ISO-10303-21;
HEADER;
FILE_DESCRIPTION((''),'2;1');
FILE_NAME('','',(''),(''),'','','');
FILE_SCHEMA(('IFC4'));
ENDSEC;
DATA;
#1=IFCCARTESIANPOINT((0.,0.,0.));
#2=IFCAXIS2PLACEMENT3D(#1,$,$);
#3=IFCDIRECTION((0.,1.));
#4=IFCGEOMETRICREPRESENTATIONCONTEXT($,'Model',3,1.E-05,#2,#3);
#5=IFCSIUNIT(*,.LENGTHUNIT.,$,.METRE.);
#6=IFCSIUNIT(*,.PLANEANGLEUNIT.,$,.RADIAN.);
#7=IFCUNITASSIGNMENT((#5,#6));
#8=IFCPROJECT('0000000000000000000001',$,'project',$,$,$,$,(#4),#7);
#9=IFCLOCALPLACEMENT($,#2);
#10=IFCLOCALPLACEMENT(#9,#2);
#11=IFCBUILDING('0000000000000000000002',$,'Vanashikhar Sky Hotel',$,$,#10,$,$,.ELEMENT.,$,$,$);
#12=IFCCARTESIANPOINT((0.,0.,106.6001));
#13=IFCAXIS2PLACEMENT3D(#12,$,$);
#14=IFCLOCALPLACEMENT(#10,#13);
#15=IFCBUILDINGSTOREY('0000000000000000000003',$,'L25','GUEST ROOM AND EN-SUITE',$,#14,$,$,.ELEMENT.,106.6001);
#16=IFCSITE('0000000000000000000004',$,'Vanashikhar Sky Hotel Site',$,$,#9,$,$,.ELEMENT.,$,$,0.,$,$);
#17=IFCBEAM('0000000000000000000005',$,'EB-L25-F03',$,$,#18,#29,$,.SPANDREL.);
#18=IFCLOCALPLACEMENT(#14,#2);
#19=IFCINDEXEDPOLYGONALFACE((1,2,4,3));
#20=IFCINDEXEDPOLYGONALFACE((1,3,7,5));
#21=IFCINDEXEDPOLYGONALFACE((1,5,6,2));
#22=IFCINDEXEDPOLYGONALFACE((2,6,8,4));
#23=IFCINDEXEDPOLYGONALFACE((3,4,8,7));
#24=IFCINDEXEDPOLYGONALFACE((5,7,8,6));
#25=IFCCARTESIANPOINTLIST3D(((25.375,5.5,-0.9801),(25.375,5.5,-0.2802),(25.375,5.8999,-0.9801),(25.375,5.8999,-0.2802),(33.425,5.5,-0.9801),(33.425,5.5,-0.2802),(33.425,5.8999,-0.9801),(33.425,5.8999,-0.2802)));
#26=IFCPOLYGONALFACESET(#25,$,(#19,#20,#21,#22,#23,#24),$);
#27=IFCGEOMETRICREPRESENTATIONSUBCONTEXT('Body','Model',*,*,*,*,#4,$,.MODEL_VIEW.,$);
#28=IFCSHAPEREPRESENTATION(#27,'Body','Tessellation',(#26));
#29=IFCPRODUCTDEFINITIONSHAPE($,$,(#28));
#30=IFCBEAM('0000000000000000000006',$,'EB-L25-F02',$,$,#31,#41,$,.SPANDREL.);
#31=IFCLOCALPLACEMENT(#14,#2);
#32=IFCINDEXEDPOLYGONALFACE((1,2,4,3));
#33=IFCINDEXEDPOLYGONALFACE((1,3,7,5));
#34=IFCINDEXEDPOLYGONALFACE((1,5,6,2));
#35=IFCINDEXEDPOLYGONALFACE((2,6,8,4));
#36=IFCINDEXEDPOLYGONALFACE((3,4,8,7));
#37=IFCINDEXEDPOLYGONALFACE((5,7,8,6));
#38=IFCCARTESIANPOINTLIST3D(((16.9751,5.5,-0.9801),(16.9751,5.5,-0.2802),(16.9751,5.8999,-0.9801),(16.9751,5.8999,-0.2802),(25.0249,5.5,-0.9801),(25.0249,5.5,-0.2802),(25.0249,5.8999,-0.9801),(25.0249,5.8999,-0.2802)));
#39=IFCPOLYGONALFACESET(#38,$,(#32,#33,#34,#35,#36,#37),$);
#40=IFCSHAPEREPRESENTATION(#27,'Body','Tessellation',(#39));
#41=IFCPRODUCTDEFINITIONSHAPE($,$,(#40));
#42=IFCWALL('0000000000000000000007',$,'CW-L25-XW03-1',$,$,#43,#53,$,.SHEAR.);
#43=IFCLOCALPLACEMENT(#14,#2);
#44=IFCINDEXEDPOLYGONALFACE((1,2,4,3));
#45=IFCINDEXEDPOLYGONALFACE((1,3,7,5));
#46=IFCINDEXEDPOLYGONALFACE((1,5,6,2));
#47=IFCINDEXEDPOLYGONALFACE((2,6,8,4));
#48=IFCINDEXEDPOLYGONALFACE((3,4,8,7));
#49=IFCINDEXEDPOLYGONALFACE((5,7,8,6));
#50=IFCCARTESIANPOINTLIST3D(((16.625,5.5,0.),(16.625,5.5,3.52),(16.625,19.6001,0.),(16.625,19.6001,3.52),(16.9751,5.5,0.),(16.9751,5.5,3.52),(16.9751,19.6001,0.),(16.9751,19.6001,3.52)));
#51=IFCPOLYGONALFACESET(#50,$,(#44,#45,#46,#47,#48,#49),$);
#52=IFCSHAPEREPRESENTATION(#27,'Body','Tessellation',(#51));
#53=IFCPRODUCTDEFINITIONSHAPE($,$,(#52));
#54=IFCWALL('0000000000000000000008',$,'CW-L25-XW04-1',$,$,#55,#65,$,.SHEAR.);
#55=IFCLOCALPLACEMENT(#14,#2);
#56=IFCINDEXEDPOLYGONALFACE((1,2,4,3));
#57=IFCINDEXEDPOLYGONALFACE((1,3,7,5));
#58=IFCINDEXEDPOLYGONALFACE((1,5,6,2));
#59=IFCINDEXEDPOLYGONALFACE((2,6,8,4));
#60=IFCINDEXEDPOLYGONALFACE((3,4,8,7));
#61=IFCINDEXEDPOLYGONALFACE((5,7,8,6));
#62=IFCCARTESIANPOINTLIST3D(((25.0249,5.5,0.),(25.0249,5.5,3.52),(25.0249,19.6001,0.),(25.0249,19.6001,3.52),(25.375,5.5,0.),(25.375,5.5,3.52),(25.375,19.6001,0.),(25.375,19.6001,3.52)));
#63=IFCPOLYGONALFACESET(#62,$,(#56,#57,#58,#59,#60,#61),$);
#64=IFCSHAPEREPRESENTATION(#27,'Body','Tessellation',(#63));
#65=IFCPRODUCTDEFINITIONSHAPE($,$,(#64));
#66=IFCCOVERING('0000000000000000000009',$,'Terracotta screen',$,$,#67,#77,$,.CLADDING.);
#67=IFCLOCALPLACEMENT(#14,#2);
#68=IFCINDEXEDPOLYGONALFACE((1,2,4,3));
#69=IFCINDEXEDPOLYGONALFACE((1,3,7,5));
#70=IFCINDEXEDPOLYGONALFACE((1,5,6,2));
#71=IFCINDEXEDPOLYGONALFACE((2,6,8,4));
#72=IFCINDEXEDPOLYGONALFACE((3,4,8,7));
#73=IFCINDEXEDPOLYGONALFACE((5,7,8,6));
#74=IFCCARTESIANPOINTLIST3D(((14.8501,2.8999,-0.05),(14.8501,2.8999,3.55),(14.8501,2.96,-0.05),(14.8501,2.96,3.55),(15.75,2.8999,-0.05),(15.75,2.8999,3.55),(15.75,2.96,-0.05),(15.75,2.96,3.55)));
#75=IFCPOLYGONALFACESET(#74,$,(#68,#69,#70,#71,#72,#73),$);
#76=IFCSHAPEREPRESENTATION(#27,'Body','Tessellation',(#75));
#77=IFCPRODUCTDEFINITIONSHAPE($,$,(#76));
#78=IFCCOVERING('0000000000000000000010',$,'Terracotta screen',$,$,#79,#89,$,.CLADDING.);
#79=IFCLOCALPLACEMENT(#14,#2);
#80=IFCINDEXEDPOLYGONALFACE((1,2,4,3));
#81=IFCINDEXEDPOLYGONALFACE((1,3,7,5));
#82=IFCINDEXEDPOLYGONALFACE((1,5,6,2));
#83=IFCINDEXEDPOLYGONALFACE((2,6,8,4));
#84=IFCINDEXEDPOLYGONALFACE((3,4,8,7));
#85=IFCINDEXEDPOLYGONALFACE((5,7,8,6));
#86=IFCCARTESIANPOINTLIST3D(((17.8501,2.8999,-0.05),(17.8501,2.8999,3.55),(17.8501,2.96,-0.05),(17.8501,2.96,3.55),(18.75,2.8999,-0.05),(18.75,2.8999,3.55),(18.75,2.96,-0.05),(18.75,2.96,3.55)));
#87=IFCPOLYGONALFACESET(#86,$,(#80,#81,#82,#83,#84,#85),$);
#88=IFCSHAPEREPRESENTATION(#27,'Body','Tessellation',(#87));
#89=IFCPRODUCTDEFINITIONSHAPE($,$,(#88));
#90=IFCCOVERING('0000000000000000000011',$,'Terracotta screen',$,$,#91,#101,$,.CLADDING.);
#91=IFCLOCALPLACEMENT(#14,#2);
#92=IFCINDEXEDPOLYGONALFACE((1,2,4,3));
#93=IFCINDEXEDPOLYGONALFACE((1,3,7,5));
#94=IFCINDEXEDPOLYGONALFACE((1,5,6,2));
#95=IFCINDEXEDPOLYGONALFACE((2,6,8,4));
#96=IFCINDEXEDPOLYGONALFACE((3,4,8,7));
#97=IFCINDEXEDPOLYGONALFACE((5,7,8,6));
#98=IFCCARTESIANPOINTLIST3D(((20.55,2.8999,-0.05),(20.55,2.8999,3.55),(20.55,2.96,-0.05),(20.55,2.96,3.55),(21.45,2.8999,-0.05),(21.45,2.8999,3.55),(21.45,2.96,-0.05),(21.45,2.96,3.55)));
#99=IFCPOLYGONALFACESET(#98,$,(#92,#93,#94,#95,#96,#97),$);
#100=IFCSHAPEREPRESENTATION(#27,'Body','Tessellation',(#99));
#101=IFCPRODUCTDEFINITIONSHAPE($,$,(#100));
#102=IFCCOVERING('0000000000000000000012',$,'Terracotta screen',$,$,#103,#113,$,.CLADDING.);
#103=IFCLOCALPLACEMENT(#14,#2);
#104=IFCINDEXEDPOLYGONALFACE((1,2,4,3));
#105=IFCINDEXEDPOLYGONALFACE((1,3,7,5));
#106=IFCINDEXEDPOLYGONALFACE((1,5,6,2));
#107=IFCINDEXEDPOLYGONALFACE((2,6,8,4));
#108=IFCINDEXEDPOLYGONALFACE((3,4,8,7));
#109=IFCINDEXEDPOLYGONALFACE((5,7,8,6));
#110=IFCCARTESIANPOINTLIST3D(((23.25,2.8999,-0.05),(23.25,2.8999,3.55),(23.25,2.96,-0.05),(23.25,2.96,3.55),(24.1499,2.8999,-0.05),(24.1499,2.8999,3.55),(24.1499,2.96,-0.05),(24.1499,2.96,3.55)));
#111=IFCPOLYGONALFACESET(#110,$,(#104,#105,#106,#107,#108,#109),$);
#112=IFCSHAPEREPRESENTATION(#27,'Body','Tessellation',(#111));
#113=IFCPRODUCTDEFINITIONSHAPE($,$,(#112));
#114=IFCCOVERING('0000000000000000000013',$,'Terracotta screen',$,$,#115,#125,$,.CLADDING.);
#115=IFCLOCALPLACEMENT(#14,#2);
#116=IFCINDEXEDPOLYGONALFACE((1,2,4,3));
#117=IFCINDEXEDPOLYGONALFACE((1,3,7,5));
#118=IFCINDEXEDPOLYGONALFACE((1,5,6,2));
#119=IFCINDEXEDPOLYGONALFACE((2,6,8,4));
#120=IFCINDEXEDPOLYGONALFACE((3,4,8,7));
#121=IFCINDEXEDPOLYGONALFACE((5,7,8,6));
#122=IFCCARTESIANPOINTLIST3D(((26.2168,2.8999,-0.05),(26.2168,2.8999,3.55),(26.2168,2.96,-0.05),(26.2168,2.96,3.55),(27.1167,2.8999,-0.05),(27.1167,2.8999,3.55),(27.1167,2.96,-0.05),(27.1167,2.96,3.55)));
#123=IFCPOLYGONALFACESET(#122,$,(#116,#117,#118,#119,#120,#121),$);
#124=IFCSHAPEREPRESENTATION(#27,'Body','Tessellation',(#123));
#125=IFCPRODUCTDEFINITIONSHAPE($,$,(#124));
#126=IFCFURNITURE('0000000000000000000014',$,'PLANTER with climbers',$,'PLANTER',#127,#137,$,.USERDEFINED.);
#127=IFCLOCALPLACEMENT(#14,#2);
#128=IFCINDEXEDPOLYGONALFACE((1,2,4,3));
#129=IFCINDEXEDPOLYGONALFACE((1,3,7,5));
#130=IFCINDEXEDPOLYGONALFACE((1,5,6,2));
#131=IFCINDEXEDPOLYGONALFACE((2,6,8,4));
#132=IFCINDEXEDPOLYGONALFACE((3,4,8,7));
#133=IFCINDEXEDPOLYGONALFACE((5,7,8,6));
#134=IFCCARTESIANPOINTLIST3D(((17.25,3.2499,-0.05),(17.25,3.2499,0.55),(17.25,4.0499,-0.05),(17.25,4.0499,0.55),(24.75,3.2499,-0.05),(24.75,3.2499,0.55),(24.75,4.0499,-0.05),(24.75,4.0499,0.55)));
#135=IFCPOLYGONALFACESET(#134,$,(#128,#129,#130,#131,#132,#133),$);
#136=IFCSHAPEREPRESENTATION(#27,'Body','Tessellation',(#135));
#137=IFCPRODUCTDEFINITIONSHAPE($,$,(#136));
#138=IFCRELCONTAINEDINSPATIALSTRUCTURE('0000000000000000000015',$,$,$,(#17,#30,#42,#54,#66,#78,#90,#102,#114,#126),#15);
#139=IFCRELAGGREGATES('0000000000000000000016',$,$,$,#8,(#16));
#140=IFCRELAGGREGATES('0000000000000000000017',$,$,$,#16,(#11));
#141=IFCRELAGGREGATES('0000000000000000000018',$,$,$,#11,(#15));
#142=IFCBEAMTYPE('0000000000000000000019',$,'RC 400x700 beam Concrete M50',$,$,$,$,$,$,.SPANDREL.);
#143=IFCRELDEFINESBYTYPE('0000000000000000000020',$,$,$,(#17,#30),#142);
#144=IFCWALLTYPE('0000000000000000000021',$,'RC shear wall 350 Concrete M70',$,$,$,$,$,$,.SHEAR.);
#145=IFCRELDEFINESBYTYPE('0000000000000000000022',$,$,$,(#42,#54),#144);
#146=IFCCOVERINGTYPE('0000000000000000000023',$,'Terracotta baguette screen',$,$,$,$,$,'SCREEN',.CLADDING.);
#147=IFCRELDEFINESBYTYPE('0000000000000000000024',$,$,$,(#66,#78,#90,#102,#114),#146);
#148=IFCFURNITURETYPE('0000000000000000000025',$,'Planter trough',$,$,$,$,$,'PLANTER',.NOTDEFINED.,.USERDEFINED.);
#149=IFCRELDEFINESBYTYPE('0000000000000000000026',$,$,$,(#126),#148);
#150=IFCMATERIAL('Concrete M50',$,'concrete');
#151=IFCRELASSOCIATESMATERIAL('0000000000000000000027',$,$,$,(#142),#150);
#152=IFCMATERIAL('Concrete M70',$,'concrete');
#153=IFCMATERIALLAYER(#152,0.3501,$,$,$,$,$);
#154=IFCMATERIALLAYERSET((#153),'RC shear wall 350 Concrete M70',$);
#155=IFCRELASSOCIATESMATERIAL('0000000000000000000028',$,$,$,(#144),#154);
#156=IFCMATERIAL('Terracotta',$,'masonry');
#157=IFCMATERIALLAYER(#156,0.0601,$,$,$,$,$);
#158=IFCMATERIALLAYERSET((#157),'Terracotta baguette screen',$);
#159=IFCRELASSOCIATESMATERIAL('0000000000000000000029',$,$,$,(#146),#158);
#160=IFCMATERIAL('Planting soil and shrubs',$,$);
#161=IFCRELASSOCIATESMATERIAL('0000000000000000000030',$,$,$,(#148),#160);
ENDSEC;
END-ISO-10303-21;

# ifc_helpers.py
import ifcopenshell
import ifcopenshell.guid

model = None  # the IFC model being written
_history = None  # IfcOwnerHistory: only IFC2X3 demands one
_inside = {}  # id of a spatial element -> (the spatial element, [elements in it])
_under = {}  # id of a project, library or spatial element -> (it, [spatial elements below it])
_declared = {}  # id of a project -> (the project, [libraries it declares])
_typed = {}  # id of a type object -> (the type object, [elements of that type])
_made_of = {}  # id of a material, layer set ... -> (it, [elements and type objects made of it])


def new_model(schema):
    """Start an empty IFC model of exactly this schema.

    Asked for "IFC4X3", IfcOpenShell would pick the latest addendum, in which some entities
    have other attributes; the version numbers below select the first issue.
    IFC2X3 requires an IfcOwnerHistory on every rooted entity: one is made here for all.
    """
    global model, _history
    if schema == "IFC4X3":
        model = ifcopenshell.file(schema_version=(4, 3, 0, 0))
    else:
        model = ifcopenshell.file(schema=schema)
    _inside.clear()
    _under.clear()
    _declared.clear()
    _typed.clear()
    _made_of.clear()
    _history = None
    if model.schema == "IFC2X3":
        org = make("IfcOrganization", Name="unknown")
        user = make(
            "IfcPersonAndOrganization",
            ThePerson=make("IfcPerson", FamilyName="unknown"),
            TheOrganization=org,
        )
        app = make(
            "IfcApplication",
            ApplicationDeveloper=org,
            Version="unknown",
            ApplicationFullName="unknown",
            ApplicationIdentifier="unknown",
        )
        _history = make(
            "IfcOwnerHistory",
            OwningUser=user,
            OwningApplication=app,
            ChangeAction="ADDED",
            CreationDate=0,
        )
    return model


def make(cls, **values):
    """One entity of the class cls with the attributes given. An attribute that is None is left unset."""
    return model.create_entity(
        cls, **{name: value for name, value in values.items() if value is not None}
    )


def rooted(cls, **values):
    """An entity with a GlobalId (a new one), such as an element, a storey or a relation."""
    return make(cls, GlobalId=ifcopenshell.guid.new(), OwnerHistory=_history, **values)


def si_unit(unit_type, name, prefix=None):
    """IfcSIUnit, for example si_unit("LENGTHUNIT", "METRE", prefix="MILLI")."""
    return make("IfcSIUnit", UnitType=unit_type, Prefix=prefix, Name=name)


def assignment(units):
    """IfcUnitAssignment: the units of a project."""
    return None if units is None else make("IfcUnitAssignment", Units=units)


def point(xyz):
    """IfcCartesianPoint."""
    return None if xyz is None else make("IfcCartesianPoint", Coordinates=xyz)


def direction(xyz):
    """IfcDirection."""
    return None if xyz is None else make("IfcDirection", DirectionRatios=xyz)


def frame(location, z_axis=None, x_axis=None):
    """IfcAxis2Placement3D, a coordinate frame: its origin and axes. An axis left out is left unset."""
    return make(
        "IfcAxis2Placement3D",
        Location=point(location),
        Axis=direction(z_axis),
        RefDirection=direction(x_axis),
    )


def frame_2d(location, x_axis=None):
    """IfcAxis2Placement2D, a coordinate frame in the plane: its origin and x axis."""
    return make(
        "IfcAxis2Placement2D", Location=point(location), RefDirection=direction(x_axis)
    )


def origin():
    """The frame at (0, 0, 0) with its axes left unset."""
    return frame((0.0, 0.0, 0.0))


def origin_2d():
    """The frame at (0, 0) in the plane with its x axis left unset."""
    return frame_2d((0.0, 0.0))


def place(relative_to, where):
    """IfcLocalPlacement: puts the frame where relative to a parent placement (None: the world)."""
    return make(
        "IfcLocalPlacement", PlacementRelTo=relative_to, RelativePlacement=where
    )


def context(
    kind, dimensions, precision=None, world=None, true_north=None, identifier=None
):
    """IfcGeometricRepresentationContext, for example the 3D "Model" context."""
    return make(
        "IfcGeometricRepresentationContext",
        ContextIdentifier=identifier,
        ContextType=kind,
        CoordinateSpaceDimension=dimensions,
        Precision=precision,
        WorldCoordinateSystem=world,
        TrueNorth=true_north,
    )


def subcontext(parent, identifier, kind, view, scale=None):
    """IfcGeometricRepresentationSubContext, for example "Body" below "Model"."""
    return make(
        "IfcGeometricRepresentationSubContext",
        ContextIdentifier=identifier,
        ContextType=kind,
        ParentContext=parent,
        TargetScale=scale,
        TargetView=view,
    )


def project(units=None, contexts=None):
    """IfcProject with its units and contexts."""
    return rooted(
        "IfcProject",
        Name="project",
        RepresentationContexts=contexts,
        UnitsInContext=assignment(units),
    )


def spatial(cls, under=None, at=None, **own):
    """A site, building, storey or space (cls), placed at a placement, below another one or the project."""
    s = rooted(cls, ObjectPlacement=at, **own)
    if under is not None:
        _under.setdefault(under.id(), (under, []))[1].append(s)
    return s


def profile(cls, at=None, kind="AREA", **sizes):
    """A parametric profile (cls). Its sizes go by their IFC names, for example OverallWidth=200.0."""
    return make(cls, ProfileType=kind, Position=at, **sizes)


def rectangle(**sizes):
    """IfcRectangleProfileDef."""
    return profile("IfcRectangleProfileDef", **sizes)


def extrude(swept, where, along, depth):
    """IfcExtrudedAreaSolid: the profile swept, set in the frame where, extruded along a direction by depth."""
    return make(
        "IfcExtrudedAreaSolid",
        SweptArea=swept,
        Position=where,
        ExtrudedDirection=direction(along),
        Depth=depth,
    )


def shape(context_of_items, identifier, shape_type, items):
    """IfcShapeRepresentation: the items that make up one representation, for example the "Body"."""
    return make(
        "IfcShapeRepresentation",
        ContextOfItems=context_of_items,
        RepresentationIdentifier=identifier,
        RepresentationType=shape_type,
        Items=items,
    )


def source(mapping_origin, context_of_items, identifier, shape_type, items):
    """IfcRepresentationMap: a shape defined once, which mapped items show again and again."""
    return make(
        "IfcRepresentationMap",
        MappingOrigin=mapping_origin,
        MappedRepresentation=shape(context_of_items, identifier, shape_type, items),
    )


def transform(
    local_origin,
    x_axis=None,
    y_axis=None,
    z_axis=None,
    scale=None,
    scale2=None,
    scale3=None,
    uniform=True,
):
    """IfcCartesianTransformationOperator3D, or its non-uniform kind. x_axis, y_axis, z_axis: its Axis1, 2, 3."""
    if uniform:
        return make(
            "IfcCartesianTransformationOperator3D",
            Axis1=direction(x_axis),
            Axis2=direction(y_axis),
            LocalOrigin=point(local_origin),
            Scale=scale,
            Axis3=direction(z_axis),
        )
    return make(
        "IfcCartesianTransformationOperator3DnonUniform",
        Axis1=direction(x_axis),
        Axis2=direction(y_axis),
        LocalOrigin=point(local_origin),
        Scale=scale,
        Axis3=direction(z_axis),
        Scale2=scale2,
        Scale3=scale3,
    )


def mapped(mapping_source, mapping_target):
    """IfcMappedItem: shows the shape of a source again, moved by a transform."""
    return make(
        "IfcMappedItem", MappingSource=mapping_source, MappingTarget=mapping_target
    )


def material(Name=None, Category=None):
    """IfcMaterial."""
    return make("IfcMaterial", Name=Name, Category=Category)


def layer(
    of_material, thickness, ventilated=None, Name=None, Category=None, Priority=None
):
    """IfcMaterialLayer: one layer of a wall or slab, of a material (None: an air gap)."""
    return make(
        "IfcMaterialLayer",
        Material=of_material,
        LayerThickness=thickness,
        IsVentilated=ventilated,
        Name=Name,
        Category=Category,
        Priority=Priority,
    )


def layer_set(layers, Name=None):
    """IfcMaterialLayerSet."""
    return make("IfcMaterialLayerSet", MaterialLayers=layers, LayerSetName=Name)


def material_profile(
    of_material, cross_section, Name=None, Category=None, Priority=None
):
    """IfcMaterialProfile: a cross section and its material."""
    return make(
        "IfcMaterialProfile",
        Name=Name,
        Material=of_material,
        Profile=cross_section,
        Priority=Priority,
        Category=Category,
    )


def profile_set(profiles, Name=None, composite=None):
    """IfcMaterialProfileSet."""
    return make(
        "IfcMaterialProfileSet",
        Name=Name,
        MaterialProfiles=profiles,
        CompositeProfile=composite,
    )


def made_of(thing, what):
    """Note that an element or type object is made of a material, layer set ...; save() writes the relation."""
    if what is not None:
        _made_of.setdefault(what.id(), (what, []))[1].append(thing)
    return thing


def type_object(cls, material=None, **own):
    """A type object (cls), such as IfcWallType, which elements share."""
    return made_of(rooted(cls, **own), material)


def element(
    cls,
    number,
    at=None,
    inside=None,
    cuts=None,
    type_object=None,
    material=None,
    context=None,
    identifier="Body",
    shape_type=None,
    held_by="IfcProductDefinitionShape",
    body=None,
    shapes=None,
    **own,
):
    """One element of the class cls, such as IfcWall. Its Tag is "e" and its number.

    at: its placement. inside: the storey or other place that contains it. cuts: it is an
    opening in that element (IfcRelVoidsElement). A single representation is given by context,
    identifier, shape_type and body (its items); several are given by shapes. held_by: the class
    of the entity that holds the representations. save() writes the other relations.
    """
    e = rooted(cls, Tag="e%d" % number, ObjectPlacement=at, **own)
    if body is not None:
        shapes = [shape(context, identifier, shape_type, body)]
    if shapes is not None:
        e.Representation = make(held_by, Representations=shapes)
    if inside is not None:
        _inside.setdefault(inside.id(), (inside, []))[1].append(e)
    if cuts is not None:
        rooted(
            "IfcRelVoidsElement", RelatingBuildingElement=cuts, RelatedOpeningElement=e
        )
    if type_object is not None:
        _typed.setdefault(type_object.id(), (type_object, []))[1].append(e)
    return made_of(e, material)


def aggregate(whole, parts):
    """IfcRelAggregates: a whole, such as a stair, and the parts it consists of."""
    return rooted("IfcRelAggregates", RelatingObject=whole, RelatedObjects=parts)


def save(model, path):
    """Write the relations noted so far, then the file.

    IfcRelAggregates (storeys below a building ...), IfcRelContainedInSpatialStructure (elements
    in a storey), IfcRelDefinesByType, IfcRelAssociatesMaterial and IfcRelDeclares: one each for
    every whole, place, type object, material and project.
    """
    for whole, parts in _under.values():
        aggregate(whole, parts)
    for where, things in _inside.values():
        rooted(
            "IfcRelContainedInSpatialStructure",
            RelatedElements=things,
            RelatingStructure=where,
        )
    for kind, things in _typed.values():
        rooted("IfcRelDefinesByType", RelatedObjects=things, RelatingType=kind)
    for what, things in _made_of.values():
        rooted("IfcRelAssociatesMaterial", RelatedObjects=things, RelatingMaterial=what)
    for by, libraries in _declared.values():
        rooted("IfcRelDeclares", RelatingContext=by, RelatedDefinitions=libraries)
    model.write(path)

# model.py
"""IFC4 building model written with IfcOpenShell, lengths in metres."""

from ifc_helpers import new_model, si_unit, direction, frame, frame_2d, origin, origin_2d, place, context, subcontext, project, spatial, rectangle, extrude, source, transform, mapped, material, layer, layer_set, material_profile, profile_set, type_object, element, save


model = new_model("IFC4")

# Units and contexts
model_context = context("Model", 3, precision=1e-05, world=origin(), true_north=direction((0.0, 1.0)))
body_context = subcontext(model_context, "Body", "Model", "MODEL_VIEW")
ifc_project = project(units=[si_unit("LENGTHUNIT", "METRE"), si_unit("PLANEANGLEUNIT", "RADIAN")], contexts=[model_context])

# Site, building, storey
site_placement = place(None, origin())
site = spatial("IfcSite", under=ifc_project, at=site_placement, Name="Vanashikhar Sky Hotel Site", CompositionType="ELEMENT", RefElevation=0.0)
building_placement = place(site_placement, origin())
building = spatial("IfcBuilding", under=site, at=building_placement, Name="Vanashikhar Sky Hotel", CompositionType="ELEMENT")
storey_placement = place(building_placement, frame((0.0, 0.0, 106.6001)))
storey = spatial("IfcBuildingStorey", under=building, at=storey_placement, Name="L25", Description="GUEST ROOM AND EN-SUITE", CompositionType="ELEMENT", Elevation=106.6001)

# Beams
ifc_material_1 = material(Name="Concrete M50", Category="concrete")
ifc_material_profile = material_profile(ifc_material_1, rectangle(XDim=0.3999, YDim=0.7, at=origin_2d()))
ifc_profile_set = profile_set([ifc_material_profile], Name="RC 400x700 beam Concrete M50")
beam_type = type_object("IfcBeamType", Name="RC 400x700 beam Concrete M50", PredefinedType="SPANDREL", material=ifc_profile_set)
shared_shape_1 = source(origin(), body_context, "Body", "SweptSolid", [
    extrude(rectangle(XDim=0.3999, YDim=0.7, at=origin_2d()), origin(), (0.0, 0.0, 1.0), 8.05),
])
beam_1_placement = place(storey_placement, frame((25.375, 5.7, -0.6301), z_axis=(1.0, 0.0, 0.0), x_axis=(0.0, 1.0, 0.0)))
element("IfcBeam", 1, at=beam_1_placement, inside=storey, type_object=beam_type, Name="EB-L25-F03", PredefinedType="SPANDREL", context=body_context, shape_type="MappedRepresentation", body=[
    mapped(shared_shape_1, transform((0.0, 0.0, 0.0), scale=1.0)),
])
shared_shape_2 = source(origin(), body_context, "Body", "SweptSolid", [
    extrude(rectangle(XDim=0.3999, YDim=0.7, at=origin_2d()), origin(), (0.0, 0.0, 1.0), 8.0498),
])
beam_2_placement = place(storey_placement, frame((16.9751, 5.7, -0.6301), z_axis=(1.0, 0.0, 0.0), x_axis=(0.0, 1.0, 0.0)))
element("IfcBeam", 2, at=beam_2_placement, inside=storey, type_object=beam_type, Name="EB-L25-F02", PredefinedType="SPANDREL", context=body_context, shape_type="MappedRepresentation", body=[
    mapped(shared_shape_2, transform((0.0, 0.0, 0.0), scale=1.0)),
])

# Walls
ifc_material_2 = material(Name="Concrete M70", Category="concrete")
ifc_layer_1 = layer(ifc_material_2, 0.3501)
ifc_layer_set_1 = layer_set([ifc_layer_1], Name="RC shear wall 350 Concrete M70")
wall_type_1 = type_object("IfcWallType", Name="RC shear wall 350 Concrete M70", PredefinedType="SHEAR", material=ifc_layer_set_1)
shared_shape_3 = source(origin(), body_context, "Body", "SweptSolid", [
    extrude(rectangle(XDim=14.1001, YDim=0.3501, at=frame_2d((7.05, 0.0))), origin(), (0.0, 0.0, 1.0), 3.52),
])
for number, where, z_axis, x_axis, name in (
    (3, (16.8, 5.5, 0.0), (0.0, 0.0, 1.0), (0.0, 1.0, 0.0), "CW-L25-XW03-1"),
    (4, (25.2, 5.5, 0.0), (0.0, 0.0, 1.0), (0.0, 1.0, 0.0), "CW-L25-XW04-1"),
):
    element("IfcWall", number, at=place(storey_placement, frame(where, z_axis=z_axis, x_axis=x_axis)), inside=storey, type_object=wall_type_1, Name=name, PredefinedType="SHEAR", context=body_context, shape_type="MappedRepresentation", body=[
        mapped(shared_shape_3, transform((0.0, 0.0, 0.0), scale=1.0)),
    ])

# Coverings
ifc_material_3 = material(Name="Terracotta", Category="masonry")
ifc_layer_2 = layer(ifc_material_3, 0.0601)
ifc_layer_set_2 = layer_set([ifc_layer_2], Name="Terracotta baguette screen")
covering_type = type_object("IfcCoveringType", Name="Terracotta baguette screen", ElementType="SCREEN", PredefinedType="CLADDING", material=ifc_layer_set_2)
shared_shape_4 = source(origin(), body_context, "Body", "SweptSolid", [
    extrude(rectangle(XDim=0.8999, YDim=0.0601, at=origin_2d()), origin(), (0.0, 0.0, 1.0), 3.6001),
])
for number, where, z_axis, x_axis, name in (
    (5, (15.3, 2.9299, -0.05), (0.0, 0.0, 1.0), (1.0, 0.0, 0.0), "Terracotta screen"),
    (6, (18.3, 2.9299, -0.05), (0.0, 0.0, 1.0), (1.0, 0.0, 0.0), "Terracotta screen"),
    (7, (21.0, 2.9299, -0.05), (0.0, 0.0, 1.0), (1.0, 0.0, 0.0), "Terracotta screen"),
    (8, (23.7, 2.9299, -0.05), (0.0, 0.0, 1.0), (1.0, 0.0, 0.0), "Terracotta screen"),
    (9, (26.6667, 2.9299, -0.05), (0.0, 0.0, 1.0), (1.0, 0.0, 0.0), "Terracotta screen"),
):
    element("IfcCovering", number, at=place(storey_placement, frame(where, z_axis=z_axis, x_axis=x_axis)), inside=storey, type_object=covering_type, Name=name, PredefinedType="CLADDING", context=body_context, shape_type="MappedRepresentation", body=[
        mapped(shared_shape_4, transform((0.0, 0.0, 0.0), scale=1.0)),
    ])

# Furniture
ifc_material_4 = material(Name="Planting soil and shrubs")
furniture_type = type_object("IfcFurnitureType", Name="Planter trough", ElementType="PLANTER", AssemblyPlace="NOTDEFINED", PredefinedType="USERDEFINED", material=ifc_material_4)
shared_shape_5 = source(origin(), body_context, "Body", "SweptSolid", [
    extrude(rectangle(XDim=7.5, YDim=0.8, at=origin_2d()), origin(), (0.0, 0.0, 1.0), 0.6001),
])
furniture_placement = place(storey_placement, frame((21.0, 3.6499, -0.05), z_axis=(0.0, 0.0, 1.0), x_axis=(1.0, 0.0, 0.0)))
element("IfcFurniture", 10, at=furniture_placement, inside=storey, type_object=furniture_type, Name="PLANTER with climbers", ObjectType="PLANTER", PredefinedType="USERDEFINED", context=body_context, shape_type="MappedRepresentation", body=[
    mapped(shared_shape_5, transform((0.0, 0.0, 0.0), scale=1.0)),
])

save(model, "model.ifc")
